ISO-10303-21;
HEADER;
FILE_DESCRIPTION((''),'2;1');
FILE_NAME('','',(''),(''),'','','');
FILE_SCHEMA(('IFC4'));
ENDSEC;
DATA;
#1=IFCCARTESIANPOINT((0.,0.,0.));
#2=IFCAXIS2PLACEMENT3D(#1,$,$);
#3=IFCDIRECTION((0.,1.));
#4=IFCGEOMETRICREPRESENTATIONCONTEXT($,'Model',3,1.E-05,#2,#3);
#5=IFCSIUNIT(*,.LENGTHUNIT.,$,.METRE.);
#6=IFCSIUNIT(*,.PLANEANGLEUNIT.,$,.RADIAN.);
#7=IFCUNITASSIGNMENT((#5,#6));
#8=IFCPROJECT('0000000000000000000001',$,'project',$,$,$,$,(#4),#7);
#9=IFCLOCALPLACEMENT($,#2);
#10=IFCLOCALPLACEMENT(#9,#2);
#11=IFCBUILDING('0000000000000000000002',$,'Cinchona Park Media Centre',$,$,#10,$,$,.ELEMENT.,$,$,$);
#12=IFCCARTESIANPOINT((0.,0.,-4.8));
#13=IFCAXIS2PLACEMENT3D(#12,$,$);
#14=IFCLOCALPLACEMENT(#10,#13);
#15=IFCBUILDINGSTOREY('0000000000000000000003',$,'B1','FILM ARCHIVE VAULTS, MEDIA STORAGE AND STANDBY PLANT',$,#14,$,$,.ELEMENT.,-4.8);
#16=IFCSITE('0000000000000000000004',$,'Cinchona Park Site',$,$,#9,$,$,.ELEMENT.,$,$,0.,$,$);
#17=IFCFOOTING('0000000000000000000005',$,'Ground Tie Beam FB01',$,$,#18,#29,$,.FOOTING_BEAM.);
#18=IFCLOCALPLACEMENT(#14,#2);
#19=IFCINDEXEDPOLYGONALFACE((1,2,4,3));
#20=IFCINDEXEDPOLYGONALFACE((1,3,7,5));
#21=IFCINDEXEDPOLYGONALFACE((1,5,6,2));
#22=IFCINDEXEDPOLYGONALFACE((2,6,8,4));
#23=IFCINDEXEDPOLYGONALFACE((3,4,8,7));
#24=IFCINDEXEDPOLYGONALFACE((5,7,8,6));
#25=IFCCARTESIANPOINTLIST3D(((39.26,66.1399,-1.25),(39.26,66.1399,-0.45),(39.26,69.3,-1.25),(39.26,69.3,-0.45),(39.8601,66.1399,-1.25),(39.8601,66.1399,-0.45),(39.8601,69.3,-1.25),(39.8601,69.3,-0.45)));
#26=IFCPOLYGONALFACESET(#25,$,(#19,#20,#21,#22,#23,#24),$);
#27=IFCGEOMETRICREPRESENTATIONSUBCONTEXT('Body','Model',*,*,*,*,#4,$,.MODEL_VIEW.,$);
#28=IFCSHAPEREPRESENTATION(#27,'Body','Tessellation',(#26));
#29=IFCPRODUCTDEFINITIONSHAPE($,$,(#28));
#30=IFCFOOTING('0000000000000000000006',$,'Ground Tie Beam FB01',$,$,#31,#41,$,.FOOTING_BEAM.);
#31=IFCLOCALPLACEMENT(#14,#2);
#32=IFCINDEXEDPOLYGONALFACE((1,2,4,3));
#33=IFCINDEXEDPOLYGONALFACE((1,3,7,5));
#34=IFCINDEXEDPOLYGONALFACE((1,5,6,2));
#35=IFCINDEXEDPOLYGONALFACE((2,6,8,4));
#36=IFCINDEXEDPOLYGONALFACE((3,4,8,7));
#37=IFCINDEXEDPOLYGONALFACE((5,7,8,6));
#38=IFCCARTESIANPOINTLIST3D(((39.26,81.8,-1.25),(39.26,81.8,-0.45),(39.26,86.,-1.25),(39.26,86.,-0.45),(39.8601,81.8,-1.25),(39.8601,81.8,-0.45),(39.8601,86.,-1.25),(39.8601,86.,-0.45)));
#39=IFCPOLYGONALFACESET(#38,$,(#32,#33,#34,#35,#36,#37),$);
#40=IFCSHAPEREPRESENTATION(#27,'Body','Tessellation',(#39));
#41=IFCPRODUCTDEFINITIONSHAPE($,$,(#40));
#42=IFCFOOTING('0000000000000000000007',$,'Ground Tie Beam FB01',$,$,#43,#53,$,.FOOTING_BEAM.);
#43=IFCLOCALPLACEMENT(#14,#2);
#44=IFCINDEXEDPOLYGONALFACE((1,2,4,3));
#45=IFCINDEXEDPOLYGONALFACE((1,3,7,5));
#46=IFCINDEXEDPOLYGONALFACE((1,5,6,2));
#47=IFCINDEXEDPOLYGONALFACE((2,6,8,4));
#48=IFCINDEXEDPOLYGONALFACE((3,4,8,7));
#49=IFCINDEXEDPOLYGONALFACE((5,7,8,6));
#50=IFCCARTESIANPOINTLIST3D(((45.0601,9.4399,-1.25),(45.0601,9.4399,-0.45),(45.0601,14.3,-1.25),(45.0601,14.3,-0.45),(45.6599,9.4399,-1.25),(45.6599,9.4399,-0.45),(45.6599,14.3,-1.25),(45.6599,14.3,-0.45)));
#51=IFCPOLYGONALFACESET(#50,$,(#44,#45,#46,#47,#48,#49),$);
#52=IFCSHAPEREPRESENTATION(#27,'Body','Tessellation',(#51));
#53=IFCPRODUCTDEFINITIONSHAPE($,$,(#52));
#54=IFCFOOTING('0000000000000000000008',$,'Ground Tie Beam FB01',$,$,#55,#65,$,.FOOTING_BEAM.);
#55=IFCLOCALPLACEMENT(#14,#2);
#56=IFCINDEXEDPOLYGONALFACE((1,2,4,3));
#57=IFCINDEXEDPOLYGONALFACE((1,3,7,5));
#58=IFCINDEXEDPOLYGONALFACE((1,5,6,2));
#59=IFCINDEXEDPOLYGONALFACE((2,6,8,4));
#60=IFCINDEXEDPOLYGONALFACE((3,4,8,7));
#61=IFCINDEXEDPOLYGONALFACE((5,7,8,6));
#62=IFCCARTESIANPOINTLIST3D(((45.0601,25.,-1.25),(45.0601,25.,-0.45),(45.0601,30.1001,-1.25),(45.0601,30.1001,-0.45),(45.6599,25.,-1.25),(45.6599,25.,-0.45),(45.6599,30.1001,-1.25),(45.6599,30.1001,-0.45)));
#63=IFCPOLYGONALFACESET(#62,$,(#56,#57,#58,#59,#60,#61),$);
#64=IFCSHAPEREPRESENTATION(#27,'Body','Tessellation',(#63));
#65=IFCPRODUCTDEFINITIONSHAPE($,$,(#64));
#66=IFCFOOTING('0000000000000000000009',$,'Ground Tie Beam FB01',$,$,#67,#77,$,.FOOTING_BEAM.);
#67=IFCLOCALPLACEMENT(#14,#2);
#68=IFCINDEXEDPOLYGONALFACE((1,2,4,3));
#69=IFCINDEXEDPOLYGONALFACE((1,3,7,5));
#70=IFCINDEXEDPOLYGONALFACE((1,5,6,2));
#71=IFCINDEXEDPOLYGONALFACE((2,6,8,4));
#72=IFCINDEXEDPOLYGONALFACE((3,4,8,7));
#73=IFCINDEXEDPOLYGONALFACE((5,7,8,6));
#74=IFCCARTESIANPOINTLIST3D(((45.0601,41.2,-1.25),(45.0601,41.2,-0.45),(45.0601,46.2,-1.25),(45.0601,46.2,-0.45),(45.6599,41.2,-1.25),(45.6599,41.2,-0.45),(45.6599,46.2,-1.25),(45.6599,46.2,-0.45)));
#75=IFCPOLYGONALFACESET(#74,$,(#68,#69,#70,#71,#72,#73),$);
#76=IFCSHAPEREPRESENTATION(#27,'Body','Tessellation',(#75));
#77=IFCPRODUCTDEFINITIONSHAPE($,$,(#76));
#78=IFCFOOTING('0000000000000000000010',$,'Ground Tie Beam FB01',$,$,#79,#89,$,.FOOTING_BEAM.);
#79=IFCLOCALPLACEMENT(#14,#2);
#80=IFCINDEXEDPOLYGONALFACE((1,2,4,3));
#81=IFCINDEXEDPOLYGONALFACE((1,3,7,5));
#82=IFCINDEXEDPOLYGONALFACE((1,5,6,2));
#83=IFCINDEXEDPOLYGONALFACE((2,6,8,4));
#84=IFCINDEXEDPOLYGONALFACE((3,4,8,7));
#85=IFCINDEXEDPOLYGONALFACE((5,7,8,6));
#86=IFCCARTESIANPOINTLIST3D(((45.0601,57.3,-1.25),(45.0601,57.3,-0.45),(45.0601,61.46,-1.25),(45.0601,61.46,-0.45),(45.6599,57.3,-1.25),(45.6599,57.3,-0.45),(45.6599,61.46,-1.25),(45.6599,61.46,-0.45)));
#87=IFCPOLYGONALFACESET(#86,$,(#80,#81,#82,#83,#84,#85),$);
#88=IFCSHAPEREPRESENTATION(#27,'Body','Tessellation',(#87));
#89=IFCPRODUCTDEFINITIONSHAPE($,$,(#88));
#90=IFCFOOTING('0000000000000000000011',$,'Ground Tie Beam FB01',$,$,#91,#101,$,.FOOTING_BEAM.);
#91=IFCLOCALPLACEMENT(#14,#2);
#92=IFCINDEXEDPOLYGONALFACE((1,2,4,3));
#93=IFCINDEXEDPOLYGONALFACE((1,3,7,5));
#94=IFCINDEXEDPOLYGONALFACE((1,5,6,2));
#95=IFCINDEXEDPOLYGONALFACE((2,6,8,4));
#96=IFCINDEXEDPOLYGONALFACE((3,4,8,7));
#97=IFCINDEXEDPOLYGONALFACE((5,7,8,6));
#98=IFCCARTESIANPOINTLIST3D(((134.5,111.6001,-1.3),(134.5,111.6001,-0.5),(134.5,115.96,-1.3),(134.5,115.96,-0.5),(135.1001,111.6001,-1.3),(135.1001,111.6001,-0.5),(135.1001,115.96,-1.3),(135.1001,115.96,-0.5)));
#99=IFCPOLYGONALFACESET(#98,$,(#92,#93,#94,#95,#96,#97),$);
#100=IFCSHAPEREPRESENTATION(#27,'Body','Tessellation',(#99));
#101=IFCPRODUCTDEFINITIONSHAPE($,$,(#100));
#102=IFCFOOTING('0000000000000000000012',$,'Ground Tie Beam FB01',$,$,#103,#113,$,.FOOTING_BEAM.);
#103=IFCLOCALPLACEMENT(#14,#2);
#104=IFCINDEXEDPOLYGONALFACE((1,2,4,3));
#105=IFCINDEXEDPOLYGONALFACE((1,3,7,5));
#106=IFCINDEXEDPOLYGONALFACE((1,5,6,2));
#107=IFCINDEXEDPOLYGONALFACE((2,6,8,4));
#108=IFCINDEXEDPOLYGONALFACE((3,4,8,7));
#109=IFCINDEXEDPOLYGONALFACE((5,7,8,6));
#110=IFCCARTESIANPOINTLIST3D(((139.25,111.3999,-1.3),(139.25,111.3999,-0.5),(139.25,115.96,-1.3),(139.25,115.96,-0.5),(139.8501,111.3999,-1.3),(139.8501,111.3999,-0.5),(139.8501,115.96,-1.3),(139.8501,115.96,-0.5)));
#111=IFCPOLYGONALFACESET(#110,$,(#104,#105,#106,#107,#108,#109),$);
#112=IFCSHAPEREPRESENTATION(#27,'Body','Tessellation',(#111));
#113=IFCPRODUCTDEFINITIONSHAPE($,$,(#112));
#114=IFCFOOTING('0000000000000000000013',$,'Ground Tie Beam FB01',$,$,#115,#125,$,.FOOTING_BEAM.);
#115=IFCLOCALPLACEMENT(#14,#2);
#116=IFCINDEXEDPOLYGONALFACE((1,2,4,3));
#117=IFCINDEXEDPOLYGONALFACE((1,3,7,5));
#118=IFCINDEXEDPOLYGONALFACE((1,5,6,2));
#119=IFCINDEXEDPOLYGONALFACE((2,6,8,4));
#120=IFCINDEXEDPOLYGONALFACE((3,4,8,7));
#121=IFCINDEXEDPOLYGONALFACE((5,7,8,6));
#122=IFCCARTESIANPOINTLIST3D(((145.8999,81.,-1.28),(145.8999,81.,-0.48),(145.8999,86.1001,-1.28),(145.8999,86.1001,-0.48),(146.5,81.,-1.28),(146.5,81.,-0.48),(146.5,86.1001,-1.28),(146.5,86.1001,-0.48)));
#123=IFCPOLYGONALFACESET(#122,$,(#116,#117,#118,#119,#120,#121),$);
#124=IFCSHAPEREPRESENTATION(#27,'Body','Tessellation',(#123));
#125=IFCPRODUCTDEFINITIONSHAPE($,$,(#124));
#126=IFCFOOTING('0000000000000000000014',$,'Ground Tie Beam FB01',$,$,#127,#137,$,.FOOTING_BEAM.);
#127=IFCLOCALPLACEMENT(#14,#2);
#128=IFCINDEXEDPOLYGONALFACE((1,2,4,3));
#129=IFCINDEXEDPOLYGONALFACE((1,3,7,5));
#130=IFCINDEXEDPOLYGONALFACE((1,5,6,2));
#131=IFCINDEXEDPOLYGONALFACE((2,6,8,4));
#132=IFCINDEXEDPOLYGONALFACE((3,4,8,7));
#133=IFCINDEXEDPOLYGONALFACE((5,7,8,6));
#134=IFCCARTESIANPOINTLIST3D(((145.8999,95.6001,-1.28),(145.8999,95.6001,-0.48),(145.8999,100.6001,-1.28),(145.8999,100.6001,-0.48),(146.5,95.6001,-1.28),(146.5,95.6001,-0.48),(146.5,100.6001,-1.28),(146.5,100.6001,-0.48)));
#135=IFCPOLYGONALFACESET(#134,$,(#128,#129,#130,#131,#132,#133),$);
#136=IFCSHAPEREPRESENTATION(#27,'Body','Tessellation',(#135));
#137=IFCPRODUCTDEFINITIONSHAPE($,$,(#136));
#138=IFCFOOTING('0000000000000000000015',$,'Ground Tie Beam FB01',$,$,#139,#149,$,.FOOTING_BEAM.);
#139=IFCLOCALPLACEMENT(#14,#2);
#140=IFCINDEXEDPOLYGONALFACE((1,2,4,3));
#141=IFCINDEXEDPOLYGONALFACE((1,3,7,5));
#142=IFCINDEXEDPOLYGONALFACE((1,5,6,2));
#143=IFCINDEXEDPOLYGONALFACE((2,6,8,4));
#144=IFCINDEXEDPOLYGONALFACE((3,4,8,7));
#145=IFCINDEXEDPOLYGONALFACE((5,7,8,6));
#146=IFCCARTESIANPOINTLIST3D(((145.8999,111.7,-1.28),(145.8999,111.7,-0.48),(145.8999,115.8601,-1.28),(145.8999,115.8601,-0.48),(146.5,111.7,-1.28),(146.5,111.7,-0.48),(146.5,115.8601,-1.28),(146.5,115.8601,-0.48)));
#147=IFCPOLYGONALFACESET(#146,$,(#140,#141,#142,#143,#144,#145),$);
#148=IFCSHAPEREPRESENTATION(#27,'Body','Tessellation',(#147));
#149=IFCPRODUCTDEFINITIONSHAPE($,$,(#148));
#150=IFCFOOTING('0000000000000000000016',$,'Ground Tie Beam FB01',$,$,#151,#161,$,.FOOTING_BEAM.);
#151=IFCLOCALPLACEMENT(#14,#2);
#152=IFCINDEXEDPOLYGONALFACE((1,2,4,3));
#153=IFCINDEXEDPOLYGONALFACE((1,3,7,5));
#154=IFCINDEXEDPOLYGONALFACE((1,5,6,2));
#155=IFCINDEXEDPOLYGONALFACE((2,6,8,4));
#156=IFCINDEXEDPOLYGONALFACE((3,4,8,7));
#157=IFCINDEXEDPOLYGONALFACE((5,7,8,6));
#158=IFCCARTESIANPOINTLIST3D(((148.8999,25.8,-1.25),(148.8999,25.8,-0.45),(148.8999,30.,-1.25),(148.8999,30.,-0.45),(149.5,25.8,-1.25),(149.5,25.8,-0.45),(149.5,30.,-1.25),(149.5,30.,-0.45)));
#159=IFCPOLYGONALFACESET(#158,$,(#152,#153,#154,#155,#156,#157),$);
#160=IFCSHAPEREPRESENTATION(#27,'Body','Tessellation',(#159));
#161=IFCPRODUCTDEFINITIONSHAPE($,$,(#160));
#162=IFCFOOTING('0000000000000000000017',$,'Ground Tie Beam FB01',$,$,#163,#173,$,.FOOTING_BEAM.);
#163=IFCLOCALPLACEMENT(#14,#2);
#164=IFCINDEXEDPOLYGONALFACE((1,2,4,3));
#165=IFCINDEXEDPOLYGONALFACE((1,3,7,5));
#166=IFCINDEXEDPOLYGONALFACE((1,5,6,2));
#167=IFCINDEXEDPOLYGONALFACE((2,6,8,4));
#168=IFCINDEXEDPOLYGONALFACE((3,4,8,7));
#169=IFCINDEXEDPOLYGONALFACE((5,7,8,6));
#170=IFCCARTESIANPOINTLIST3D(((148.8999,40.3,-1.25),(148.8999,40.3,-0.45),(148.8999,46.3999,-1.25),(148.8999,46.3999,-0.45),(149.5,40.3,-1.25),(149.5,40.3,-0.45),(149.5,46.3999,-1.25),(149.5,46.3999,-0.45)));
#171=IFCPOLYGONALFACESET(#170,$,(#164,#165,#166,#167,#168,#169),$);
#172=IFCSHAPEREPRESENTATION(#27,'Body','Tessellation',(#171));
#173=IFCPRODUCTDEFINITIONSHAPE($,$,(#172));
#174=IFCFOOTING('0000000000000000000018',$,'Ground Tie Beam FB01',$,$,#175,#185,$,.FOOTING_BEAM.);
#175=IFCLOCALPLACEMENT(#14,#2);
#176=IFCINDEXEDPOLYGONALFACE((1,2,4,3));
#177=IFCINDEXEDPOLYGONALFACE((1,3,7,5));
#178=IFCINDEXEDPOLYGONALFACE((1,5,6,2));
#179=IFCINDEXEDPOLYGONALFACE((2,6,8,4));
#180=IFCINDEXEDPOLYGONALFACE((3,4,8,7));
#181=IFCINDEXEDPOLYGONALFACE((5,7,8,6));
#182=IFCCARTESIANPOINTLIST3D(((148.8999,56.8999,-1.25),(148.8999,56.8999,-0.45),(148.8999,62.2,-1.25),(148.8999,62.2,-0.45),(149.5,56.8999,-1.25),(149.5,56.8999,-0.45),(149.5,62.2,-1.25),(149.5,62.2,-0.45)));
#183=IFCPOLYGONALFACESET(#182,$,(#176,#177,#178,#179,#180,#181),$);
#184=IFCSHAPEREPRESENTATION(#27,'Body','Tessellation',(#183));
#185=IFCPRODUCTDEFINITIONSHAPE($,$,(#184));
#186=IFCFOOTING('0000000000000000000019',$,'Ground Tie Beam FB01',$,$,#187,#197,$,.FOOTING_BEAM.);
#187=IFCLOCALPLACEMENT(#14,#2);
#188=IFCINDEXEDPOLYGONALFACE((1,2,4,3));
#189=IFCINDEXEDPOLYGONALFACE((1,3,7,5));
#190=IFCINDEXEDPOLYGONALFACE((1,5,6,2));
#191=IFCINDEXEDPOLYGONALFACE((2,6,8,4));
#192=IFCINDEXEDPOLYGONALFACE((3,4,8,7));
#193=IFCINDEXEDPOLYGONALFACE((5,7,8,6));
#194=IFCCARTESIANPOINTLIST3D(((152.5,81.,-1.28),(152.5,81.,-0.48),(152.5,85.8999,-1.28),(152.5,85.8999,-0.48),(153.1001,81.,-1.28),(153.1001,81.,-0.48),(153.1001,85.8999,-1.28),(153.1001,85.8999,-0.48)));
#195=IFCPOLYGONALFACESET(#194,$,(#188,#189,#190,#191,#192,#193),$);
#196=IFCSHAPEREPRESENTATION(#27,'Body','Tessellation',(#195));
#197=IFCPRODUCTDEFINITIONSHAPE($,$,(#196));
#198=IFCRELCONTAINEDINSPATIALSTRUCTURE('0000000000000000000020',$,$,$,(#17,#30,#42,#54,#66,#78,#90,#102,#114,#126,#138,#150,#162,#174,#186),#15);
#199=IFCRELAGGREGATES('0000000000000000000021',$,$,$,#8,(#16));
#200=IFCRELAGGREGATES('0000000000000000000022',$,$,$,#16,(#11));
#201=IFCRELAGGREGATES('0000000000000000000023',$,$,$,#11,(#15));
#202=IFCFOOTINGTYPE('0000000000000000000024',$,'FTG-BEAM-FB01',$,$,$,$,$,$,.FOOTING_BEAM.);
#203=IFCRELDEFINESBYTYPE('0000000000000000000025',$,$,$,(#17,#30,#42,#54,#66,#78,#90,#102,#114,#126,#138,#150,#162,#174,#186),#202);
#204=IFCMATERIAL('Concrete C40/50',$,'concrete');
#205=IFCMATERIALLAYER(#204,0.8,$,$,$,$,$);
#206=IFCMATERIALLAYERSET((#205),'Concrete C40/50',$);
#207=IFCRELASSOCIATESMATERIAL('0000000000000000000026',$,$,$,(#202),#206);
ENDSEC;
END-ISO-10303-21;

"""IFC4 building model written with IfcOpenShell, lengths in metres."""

from ifc_helpers import new_model, si_unit, direction, frame, origin, place, context, subcontext, project, spatial, polyline, outline, extrude, material, layer, layer_set, type_object, element, save


model = new_model("IFC4")

# Units and contexts
model_context = context("Model", 3, precision=1e-05, world=origin(), true_north=direction((0.0, 1.0)))
body_context = subcontext(model_context, "Body", "Model", "MODEL_VIEW")
ifc_project = project(units=[si_unit("LENGTHUNIT", "METRE"), si_unit("PLANEANGLEUNIT", "RADIAN")], contexts=[model_context])

# Site, building, storey
site_placement = place(None, origin())
site = spatial("IfcSite", under=ifc_project, at=site_placement, Name="Cinchona Park Site", CompositionType="ELEMENT", RefElevation=0.0)
building_placement = place(site_placement, origin())
building = spatial("IfcBuilding", under=site, at=building_placement, Name="Cinchona Park Media Centre", CompositionType="ELEMENT")
storey_placement = place(building_placement, frame((0.0, 0.0, -4.8)))
storey = spatial("IfcBuildingStorey", under=building, at=storey_placement, Name="B1", Description="FILM ARCHIVE VAULTS, MEDIA STORAGE AND STANDBY PLANT", CompositionType="ELEMENT", Elevation=-4.8)

# Footings
ifc_material_1 = material(Name="Concrete C40/50", Category="concrete")
ifc_layer_1 = layer(ifc_material_1, 0.8)
ifc_layer_set_1 = layer_set([ifc_layer_1], Name="Concrete C40/50")
footing_type_1 = type_object("IfcFootingType", Name="FTG-BEAM-FB01", PredefinedType="FOOTING_BEAM", material=ifc_layer_set_1)
footing_1_placement = place(storey_placement, frame((0.0, 0.0, -1.25)))
element("IfcFooting", 1, at=footing_1_placement, inside=storey, type_object=footing_type_1, Name="Ground Tie Beam FB01", PredefinedType="FOOTING_BEAM", context=body_context, shape_type="SweptSolid", body=[
    extrude(outline(polyline([(39.26, 66.1399), (39.8601, 66.1399), (39.8601, 69.3), (39.26, 69.3), (39.26, 66.1399)])), origin(), (0.0, 0.0, 1.0), 0.8),
])
footing_2_placement = place(storey_placement, frame((0.0, 0.0, -1.25)))
element("IfcFooting", 2, at=footing_2_placement, inside=storey, type_object=footing_type_1, Name="Ground Tie Beam FB01", PredefinedType="FOOTING_BEAM", context=body_context, shape_type="SweptSolid", body=[
    extrude(outline(polyline([(39.26, 81.8), (39.8601, 81.8), (39.8601, 86.0), (39.26, 86.0), (39.26, 81.8)])), origin(), (0.0, 0.0, 1.0), 0.8),
])
footing_3_placement = place(storey_placement, frame((0.0, 0.0, -1.25)))
element("IfcFooting", 3, at=footing_3_placement, inside=storey, type_object=footing_type_1, Name="Ground Tie Beam FB01", PredefinedType="FOOTING_BEAM", context=body_context, shape_type="SweptSolid", body=[
    extrude(outline(polyline([(45.0601, 9.4399), (45.6599, 9.4399), (45.6599, 14.3), (45.0601, 14.3), (45.0601, 9.4399)])), origin(), (0.0, 0.0, 1.0), 0.8),
])
footing_4_placement = place(storey_placement, frame((0.0, 0.0, -1.25)))
element("IfcFooting", 4, at=footing_4_placement, inside=storey, type_object=footing_type_1, Name="Ground Tie Beam FB01", PredefinedType="FOOTING_BEAM", context=body_context, shape_type="SweptSolid", body=[
    extrude(outline(polyline([(45.0601, 25.0), (45.6599, 25.0), (45.6599, 30.1001), (45.0601, 30.1001), (45.0601, 25.0)])), origin(), (0.0, 0.0, 1.0), 0.8),
])
footing_5_placement = place(storey_placement, frame((0.0, 0.0, -1.25)))
element("IfcFooting", 5, at=footing_5_placement, inside=storey, type_object=footing_type_1, Name="Ground Tie Beam FB01", PredefinedType="FOOTING_BEAM", context=body_context, shape_type="SweptSolid", body=[
    extrude(outline(polyline([(45.0601, 41.2), (45.6599, 41.2), (45.6599, 46.2), (45.0601, 46.2), (45.0601, 41.2)])), origin(), (0.0, 0.0, 1.0), 0.8),
])
footing_6_placement = place(storey_placement, frame((0.0, 0.0, -1.25)))
element("IfcFooting", 6, at=footing_6_placement, inside=storey, type_object=footing_type_1, Name="Ground Tie Beam FB01", PredefinedType="FOOTING_BEAM", context=body_context, shape_type="SweptSolid", body=[
    extrude(outline(polyline([(45.0601, 57.3), (45.6599, 57.3), (45.6599, 61.46), (45.0601, 61.46), (45.0601, 57.3)])), origin(), (0.0, 0.0, 1.0), 0.8),
])
footing_7_placement = place(storey_placement, frame((0.0, 0.0, -1.3)))
element("IfcFooting", 7, at=footing_7_placement, inside=storey, type_object=footing_type_1, Name="Ground Tie Beam FB01", PredefinedType="FOOTING_BEAM", context=body_context, shape_type="SweptSolid", body=[
    extrude(outline(polyline([(134.5, 111.6001), (135.1001, 111.6001), (135.1001, 115.96), (134.5, 115.96), (134.5, 111.6001)])), origin(), (0.0, 0.0, 1.0), 0.8),
])
footing_8_placement = place(storey_placement, frame((0.0, 0.0, -1.3)))
element("IfcFooting", 8, at=footing_8_placement, inside=storey, type_object=footing_type_1, Name="Ground Tie Beam FB01", PredefinedType="FOOTING_BEAM", context=body_context, shape_type="SweptSolid", body=[
    extrude(outline(polyline([(139.25, 111.3999), (139.8501, 111.3999), (139.8501, 115.96), (139.25, 115.96), (139.25, 111.3999)])), origin(), (0.0, 0.0, 1.0), 0.8),
])
footing_9_placement = place(storey_placement, frame((0.0, 0.0, -1.28)))
element("IfcFooting", 9, at=footing_9_placement, inside=storey, type_object=footing_type_1, Name="Ground Tie Beam FB01", PredefinedType="FOOTING_BEAM", context=body_context, shape_type="SweptSolid", body=[
    extrude(outline(polyline([(145.8999, 81.0), (146.5, 81.0), (146.5, 86.1001), (145.8999, 86.1001), (145.8999, 81.0)])), origin(), (0.0, 0.0, 1.0), 0.8),
])
footing_10_placement = place(storey_placement, frame((0.0, 0.0, -1.28)))
element("IfcFooting", 10, at=footing_10_placement, inside=storey, type_object=footing_type_1, Name="Ground Tie Beam FB01", PredefinedType="FOOTING_BEAM", context=body_context, shape_type="SweptSolid", body=[
    extrude(outline(polyline([(145.8999, 95.6001), (146.5, 95.6001), (146.5, 100.6001), (145.8999, 100.6001), (145.8999, 95.6001)])), origin(), (0.0, 0.0, 1.0), 0.8),
])
footing_11_placement = place(storey_placement, frame((0.0, 0.0, -1.28)))
element("IfcFooting", 11, at=footing_11_placement, inside=storey, type_object=footing_type_1, Name="Ground Tie Beam FB01", PredefinedType="FOOTING_BEAM", context=body_context, shape_type="SweptSolid", body=[
    extrude(outline(polyline([(145.8999, 111.7), (146.5, 111.7), (146.5, 115.8601), (145.8999, 115.8601), (145.8999, 111.7)])), origin(), (0.0, 0.0, 1.0), 0.8),
])
footing_12_placement = place(storey_placement, frame((0.0, 0.0, -1.25)))
element("IfcFooting", 12, at=footing_12_placement, inside=storey, type_object=footing_type_1, Name="Ground Tie Beam FB01", PredefinedType="FOOTING_BEAM", context=body_context, shape_type="SweptSolid", body=[
    extrude(outline(polyline([(148.8999, 25.8), (149.5, 25.8), (149.5, 30.0), (148.8999, 30.0), (148.8999, 25.8)])), origin(), (0.0, 0.0, 1.0), 0.8),
])
footing_13_placement = place(storey_placement, frame((0.0, 0.0, -1.25)))
element("IfcFooting", 13, at=footing_13_placement, inside=storey, type_object=footing_type_1, Name="Ground Tie Beam FB01", PredefinedType="FOOTING_BEAM", context=body_context, shape_type="SweptSolid", body=[
    extrude(outline(polyline([(148.8999, 40.3), (149.5, 40.3), (149.5, 46.3999), (148.8999, 46.3999), (148.8999, 40.3)])), origin(), (0.0, 0.0, 1.0), 0.8),
])
footing_14_placement = place(storey_placement, frame((0.0, 0.0, -1.25)))
element("IfcFooting", 14, at=footing_14_placement, inside=storey, type_object=footing_type_1, Name="Ground Tie Beam FB01", PredefinedType="FOOTING_BEAM", context=body_context, shape_type="SweptSolid", body=[
    extrude(outline(polyline([(148.8999, 56.8999), (149.5, 56.8999), (149.5, 62.2), (148.8999, 62.2), (148.8999, 56.8999)])), origin(), (0.0, 0.0, 1.0), 0.8),
])
footing_15_placement = place(storey_placement, frame((0.0, 0.0, -1.28)))
element("IfcFooting", 15, at=footing_15_placement, inside=storey, type_object=footing_type_1, Name="Ground Tie Beam FB01", PredefinedType="FOOTING_BEAM", context=body_context, shape_type="SweptSolid", body=[
    extrude(outline(polyline([(152.5, 81.0), (153.1001, 81.0), (153.1001, 85.8999), (152.5, 85.8999), (152.5, 81.0)])), origin(), (0.0, 0.0, 1.0), 0.8),
])

save(model, "model.ifc")
